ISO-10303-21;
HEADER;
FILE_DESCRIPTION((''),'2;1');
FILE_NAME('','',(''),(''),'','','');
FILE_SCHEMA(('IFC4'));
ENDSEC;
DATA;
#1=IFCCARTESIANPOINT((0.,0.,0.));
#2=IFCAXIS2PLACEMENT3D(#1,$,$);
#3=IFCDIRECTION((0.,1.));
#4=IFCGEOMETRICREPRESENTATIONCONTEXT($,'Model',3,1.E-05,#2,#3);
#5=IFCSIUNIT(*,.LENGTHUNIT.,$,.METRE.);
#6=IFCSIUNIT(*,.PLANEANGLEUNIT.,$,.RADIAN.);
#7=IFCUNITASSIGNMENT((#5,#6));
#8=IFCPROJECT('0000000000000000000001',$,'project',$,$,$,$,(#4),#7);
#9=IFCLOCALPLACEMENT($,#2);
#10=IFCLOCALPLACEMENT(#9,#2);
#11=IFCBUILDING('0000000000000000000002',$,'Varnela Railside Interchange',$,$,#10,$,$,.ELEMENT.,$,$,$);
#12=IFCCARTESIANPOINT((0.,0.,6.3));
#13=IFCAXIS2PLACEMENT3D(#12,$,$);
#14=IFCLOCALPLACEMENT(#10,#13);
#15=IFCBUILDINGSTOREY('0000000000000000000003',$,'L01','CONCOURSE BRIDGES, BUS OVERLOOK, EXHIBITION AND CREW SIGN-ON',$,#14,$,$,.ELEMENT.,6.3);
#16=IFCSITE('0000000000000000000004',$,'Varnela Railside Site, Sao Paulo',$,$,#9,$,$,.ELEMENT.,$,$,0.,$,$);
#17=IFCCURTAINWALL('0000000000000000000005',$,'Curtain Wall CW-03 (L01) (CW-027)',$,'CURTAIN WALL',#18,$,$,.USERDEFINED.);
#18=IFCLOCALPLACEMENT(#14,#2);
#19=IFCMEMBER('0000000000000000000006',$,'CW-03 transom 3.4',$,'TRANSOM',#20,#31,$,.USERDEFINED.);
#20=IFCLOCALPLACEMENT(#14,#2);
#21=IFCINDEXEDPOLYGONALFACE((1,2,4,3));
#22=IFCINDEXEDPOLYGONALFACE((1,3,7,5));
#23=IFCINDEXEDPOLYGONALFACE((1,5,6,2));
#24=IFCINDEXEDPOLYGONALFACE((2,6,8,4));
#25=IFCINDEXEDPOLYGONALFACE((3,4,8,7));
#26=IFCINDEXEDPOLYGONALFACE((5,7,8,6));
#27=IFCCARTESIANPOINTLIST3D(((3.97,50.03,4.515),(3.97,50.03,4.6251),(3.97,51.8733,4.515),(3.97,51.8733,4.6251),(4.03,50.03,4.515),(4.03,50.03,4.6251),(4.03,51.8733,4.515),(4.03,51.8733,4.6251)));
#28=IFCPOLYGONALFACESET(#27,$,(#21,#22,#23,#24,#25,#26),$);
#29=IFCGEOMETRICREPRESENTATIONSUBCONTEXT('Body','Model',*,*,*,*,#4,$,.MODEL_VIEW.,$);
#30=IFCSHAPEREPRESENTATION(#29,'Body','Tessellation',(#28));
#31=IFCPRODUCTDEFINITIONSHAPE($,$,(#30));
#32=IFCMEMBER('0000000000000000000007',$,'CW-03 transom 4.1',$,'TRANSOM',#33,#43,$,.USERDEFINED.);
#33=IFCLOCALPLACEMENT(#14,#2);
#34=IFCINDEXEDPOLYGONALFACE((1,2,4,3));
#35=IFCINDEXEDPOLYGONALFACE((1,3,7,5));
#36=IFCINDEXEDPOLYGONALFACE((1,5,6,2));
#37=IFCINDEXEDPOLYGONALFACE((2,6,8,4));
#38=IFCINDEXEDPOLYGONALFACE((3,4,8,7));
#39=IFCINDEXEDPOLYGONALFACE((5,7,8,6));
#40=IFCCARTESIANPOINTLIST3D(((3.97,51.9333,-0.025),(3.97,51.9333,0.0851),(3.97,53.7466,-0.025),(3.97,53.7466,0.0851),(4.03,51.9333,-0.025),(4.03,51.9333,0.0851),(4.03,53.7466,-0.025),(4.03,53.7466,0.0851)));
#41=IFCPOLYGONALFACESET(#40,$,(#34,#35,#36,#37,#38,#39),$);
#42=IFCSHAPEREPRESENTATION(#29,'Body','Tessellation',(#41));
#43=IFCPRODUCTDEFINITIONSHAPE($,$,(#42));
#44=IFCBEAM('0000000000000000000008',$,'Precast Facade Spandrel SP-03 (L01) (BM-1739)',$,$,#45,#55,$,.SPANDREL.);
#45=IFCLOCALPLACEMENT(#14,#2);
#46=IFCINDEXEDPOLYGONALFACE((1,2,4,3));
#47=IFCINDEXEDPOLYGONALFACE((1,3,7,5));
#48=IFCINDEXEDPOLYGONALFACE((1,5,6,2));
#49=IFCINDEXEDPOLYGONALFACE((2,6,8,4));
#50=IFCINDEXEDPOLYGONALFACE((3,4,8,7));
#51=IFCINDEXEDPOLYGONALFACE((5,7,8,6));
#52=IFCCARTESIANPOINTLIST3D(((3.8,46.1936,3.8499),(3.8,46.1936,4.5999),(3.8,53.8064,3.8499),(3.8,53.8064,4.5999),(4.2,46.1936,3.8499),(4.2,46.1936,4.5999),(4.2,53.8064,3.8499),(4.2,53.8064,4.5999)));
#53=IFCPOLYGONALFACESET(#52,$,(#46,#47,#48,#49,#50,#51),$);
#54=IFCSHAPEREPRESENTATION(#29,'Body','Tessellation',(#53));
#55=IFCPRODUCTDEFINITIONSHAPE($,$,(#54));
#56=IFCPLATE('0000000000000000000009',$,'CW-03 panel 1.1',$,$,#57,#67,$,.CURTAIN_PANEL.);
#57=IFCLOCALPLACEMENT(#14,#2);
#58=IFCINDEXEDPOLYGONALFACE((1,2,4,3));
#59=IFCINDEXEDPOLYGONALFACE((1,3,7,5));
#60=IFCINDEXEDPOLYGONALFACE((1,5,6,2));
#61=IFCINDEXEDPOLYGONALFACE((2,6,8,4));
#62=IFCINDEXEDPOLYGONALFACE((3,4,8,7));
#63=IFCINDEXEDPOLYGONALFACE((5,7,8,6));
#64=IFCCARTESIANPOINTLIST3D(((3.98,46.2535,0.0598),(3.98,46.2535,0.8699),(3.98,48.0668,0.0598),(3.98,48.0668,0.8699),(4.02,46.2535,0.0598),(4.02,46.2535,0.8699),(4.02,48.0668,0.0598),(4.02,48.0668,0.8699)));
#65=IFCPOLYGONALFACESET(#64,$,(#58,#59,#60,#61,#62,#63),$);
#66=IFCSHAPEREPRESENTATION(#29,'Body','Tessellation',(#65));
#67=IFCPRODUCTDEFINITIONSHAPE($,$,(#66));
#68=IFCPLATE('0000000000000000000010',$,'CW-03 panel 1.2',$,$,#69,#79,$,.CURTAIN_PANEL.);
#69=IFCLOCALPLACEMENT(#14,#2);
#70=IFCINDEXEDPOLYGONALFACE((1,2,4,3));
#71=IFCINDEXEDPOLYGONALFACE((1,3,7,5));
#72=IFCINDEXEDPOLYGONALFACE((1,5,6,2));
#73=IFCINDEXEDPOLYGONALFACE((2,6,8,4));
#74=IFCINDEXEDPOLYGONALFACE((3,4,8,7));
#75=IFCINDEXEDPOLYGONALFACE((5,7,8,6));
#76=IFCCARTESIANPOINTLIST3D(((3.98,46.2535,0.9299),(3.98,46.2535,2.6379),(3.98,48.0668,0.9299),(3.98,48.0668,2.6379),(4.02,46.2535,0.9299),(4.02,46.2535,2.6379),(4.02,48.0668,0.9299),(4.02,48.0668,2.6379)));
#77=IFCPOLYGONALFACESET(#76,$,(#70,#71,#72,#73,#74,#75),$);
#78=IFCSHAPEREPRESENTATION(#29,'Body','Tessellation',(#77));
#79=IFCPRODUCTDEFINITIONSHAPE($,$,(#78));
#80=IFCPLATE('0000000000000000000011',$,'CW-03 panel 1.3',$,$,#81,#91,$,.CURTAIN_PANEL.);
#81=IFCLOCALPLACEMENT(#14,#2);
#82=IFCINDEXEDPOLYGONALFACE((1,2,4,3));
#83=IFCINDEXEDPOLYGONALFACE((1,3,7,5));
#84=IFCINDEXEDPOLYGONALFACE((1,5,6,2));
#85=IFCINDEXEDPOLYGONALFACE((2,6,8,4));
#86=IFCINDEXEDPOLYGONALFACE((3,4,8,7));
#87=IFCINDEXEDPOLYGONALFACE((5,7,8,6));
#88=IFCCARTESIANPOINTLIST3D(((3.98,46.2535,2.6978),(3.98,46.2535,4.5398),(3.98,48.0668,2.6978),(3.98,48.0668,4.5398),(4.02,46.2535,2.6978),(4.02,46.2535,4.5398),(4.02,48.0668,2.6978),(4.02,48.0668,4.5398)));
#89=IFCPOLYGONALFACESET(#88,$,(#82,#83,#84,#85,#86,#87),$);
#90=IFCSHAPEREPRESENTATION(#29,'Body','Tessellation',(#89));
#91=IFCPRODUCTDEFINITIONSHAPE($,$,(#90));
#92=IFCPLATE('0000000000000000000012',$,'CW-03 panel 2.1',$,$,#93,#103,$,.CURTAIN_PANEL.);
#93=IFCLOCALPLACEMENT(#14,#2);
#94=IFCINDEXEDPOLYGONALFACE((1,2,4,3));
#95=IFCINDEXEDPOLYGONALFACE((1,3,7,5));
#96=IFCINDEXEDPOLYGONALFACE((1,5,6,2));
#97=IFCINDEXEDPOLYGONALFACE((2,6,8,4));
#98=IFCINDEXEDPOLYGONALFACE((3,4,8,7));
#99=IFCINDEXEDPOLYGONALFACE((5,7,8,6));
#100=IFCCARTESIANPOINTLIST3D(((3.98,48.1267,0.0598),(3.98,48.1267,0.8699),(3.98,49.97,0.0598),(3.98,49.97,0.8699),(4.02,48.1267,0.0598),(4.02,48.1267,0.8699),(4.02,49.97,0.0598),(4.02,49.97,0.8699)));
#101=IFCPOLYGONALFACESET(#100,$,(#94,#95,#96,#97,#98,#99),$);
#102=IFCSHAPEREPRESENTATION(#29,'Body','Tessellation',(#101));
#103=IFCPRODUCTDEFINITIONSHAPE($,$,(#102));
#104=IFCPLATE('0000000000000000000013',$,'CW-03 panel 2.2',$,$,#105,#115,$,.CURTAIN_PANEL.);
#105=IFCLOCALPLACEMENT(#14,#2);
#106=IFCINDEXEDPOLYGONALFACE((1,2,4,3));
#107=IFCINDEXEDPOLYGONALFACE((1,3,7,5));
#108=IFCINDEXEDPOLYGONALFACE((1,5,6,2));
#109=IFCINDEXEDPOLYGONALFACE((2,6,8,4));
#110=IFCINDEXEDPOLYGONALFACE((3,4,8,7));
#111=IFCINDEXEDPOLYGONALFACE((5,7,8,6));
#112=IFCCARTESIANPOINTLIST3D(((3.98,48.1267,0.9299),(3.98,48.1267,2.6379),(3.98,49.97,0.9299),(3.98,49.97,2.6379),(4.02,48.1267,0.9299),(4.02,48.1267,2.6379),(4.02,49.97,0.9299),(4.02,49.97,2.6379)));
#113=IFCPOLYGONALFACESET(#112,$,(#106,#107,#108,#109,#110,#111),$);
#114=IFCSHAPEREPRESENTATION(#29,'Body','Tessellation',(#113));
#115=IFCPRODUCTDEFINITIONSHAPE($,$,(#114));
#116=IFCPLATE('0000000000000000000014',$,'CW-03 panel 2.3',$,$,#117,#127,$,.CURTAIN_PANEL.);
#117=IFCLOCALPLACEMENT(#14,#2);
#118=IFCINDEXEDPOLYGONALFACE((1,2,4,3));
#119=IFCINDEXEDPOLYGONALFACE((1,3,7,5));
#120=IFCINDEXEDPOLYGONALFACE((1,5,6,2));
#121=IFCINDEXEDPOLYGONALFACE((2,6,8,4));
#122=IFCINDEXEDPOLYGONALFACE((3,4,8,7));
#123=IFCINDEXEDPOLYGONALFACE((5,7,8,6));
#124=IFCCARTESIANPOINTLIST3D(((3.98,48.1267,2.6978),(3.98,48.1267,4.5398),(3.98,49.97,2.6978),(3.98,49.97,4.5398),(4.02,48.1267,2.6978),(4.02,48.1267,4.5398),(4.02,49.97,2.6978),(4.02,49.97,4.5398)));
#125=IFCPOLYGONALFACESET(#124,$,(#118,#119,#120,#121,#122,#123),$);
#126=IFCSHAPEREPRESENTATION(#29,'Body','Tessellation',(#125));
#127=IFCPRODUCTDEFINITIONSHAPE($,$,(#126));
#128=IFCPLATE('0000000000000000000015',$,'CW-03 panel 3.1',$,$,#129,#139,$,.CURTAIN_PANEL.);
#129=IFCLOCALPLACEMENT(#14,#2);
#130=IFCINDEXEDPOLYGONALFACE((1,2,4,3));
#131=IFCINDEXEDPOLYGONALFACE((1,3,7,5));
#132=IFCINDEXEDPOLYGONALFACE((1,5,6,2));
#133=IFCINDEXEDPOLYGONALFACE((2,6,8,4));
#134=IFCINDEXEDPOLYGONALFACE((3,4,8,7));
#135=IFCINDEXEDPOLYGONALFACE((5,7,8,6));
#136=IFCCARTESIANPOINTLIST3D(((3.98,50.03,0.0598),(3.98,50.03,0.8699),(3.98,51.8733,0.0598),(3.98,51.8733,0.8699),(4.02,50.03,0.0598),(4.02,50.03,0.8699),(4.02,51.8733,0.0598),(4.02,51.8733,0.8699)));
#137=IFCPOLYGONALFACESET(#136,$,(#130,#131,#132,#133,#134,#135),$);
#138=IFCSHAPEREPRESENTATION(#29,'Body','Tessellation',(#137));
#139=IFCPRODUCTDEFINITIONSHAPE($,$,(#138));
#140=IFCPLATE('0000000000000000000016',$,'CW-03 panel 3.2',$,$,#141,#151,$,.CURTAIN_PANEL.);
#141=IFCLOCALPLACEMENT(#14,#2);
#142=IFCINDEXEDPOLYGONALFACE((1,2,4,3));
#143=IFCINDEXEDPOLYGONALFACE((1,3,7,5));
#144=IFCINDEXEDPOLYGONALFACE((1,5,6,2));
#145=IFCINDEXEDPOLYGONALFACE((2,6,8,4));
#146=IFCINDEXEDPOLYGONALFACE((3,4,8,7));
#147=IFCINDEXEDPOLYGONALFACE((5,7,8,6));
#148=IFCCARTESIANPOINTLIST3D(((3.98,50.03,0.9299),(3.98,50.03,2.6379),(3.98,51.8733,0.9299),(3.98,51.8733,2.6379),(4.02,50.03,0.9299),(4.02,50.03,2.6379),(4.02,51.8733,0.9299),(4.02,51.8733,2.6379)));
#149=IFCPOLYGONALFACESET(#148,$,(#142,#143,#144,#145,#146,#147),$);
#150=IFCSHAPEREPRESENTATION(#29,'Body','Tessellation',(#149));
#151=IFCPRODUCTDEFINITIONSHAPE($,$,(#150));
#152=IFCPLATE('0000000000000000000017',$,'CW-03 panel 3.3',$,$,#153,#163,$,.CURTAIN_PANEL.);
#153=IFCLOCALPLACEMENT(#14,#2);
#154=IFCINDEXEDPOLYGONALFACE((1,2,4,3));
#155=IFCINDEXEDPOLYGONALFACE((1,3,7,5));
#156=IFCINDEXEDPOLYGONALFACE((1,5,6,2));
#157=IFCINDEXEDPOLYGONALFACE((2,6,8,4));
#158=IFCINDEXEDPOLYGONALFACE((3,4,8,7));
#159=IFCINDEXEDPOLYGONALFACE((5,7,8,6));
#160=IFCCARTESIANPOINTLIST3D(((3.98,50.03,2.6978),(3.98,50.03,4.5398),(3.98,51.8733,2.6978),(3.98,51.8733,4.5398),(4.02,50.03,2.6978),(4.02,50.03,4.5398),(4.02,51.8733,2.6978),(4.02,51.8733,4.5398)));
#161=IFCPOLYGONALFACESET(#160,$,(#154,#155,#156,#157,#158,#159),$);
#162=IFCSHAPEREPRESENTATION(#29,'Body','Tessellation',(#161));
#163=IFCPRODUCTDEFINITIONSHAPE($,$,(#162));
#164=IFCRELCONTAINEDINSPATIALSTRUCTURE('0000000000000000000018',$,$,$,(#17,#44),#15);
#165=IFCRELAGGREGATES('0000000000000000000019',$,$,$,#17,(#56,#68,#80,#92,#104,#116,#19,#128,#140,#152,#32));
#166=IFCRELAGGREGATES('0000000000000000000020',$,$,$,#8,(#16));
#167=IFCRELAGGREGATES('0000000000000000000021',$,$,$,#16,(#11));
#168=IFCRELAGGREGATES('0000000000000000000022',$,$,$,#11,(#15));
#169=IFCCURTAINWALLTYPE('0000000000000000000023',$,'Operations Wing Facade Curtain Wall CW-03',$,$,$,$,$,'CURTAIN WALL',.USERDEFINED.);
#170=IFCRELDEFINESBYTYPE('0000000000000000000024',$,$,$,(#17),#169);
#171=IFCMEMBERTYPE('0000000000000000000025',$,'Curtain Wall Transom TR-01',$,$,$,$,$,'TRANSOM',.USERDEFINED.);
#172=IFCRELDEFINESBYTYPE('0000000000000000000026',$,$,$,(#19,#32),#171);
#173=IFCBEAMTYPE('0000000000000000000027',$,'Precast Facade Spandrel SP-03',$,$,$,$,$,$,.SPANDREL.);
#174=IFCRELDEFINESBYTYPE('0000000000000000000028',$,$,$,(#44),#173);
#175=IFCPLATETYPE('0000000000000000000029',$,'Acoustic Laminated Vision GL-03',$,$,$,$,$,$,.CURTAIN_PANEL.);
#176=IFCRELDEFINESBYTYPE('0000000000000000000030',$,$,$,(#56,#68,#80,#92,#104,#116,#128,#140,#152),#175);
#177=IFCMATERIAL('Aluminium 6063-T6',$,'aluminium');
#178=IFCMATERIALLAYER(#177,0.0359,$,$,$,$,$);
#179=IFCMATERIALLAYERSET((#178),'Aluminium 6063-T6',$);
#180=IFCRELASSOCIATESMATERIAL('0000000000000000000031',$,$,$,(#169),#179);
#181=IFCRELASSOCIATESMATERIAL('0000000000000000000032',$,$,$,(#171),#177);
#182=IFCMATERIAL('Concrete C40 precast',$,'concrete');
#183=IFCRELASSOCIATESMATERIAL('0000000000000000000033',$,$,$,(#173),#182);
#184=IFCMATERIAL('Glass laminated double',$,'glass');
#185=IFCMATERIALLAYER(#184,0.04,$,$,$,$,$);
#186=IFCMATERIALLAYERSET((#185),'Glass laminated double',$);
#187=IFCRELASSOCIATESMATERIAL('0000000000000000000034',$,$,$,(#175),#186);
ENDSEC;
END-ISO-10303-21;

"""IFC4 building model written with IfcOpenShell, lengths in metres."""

from ifc_helpers import new_model, si_unit, direction, frame, origin, origin_2d, place, context, subcontext, project, spatial, rectangle, extrude, material, layer, layer_set, material_profile, profile_set, type_object, element, aggregate, save


model = new_model("IFC4")

# Units and contexts
model_context = context("Model", 3, precision=1e-05, world=origin(), true_north=direction((0.0, 1.0)))
body_context = subcontext(model_context, "Body", "Model", "MODEL_VIEW")
ifc_project = project(units=[si_unit("LENGTHUNIT", "METRE"), si_unit("PLANEANGLEUNIT", "RADIAN")], contexts=[model_context])

# Site, building, storey
site_placement = place(None, origin())
site = spatial("IfcSite", under=ifc_project, at=site_placement, Name="Varnela Railside Site, Sao Paulo", CompositionType="ELEMENT", RefElevation=0.0)
building_placement = place(site_placement, origin())
building = spatial("IfcBuilding", under=site, at=building_placement, Name="Varnela Railside Interchange", CompositionType="ELEMENT")
storey_placement = place(building_placement, frame((0.0, 0.0, 6.3)))
storey = spatial("IfcBuildingStorey", under=building, at=storey_placement, Name="L01", Description="CONCOURSE BRIDGES, BUS OVERLOOK, EXHIBITION AND CREW SIGN-ON", CompositionType="ELEMENT", Elevation=6.3)

# Curtain wall, members
ifc_material_1 = material(Name="Aluminium 6063-T6", Category="aluminium")
ifc_layer_1 = layer(ifc_material_1, 0.0359)
ifc_layer_set_1 = layer_set([ifc_layer_1], Name="Aluminium 6063-T6")
curtain_wall_type = type_object("IfcCurtainWallType", Name="Operations Wing Facade Curtain Wall CW-03", ElementType="CURTAIN WALL", PredefinedType="USERDEFINED", material=ifc_layer_set_1)
curtain_wall_placement = place(storey_placement, origin())
curtain_wall = element("IfcCurtainWall", 1, at=curtain_wall_placement, inside=storey, type_object=curtain_wall_type, Name="Curtain Wall CW-03 (L01) (CW-027)", ObjectType="CURTAIN WALL", PredefinedType="USERDEFINED")
ifc_material_profile_1 = material_profile(ifc_material_1, rectangle(XDim=0.0601, YDim=0.1101, at=origin_2d()), Name="ALU 60x110")
ifc_profile_set_1 = profile_set([ifc_material_profile_1], Name="Aluminium 6063-T6")
member_type_1 = type_object("IfcMemberType", Name="Curtain Wall Transom TR-01", ElementType="TRANSOM", PredefinedType="USERDEFINED", material=ifc_profile_set_1)
member_1_placement = place(storey_placement, frame((4.0, 50.03, 4.5701), z_axis=(0.0, 1.0, 0.0), x_axis=(-1.0, 0.0, 0.0)))
member_1 = element("IfcMember", 2, at=member_1_placement, type_object=member_type_1, Name="CW-03 transom 3.4", ObjectType="TRANSOM", PredefinedType="USERDEFINED", context=body_context, shape_type="SweptSolid", body=[
    extrude(rectangle(XDim=0.0601, YDim=0.1101, at=origin_2d()), origin(), (0.0, 0.0, 1.0), 1.8433),
])
member_2_placement = place(storey_placement, frame((4.0, 51.9333, 0.03), z_axis=(0.0, 1.0, 0.0), x_axis=(-1.0, 0.0, 0.0)))
member_2 = element("IfcMember", 3, at=member_2_placement, type_object=member_type_1, Name="CW-03 transom 4.1", ObjectType="TRANSOM", PredefinedType="USERDEFINED", context=body_context, shape_type="SweptSolid", body=[
    extrude(rectangle(XDim=0.0601, YDim=0.1101, at=origin_2d()), origin(), (0.0, 0.0, 1.0), 1.8132),
])

# Beam
ifc_material_2 = material(Name="Concrete C40 precast", Category="concrete")
ifc_material_profile_2 = material_profile(ifc_material_2, rectangle(XDim=0.3999, YDim=0.75, at=origin_2d()), Name="PC 400x750")
ifc_profile_set_2 = profile_set([ifc_material_profile_2], Name="Concrete C40 precast")
beam_type = type_object("IfcBeamType", Name="Precast Facade Spandrel SP-03", PredefinedType="SPANDREL", material=ifc_profile_set_2)
beam_placement = place(storey_placement, frame((4.0, 46.1936, 4.2249), z_axis=(0.0, 1.0, 0.0), x_axis=(-1.0, 0.0, 0.0)))
element("IfcBeam", 4, at=beam_placement, inside=storey, type_object=beam_type, Name="Precast Facade Spandrel SP-03 (L01) (BM-1739)", PredefinedType="SPANDREL", context=body_context, shape_type="SweptSolid", body=[
    extrude(rectangle(XDim=0.3999, YDim=0.75, at=origin_2d()), origin(), (0.0, 0.0, 1.0), 7.6128),
])

# Plates
ifc_material_3 = material(Name="Glass laminated double", Category="glass")
ifc_layer_2 = layer(ifc_material_3, 0.04)
ifc_layer_set_2 = layer_set([ifc_layer_2], Name="Glass laminated double")
plate_type = type_object("IfcPlateType", Name="Acoustic Laminated Vision GL-03", PredefinedType="CURTAIN_PANEL", material=ifc_layer_set_2)
plate_1_placement = place(storey_placement, frame((4.0, 47.1602, 0.0598), z_axis=(0.0, 0.0, 1.0), x_axis=(0.0, 1.0, 0.0)))
plate_1 = element("IfcPlate", 5, at=plate_1_placement, type_object=plate_type, Name="CW-03 panel 1.1", PredefinedType="CURTAIN_PANEL", context=body_context, shape_type="SweptSolid", body=[
    extrude(rectangle(XDim=1.8132, YDim=0.04, at=origin_2d()), origin(), (0.0, 0.0, 1.0), 0.8101),
])
plate_2_placement = place(storey_placement, frame((4.0, 47.1602, 0.9299), z_axis=(0.0, 0.0, 1.0), x_axis=(0.0, 1.0, 0.0)))
plate_2 = element("IfcPlate", 6, at=plate_2_placement, type_object=plate_type, Name="CW-03 panel 1.2", PredefinedType="CURTAIN_PANEL", context=body_context, shape_type="SweptSolid", body=[
    extrude(rectangle(XDim=1.8132, YDim=0.04, at=origin_2d()), origin(), (0.0, 0.0, 1.0), 1.708),
])
plate_3_placement = place(storey_placement, frame((4.0, 47.1602, 2.6978), z_axis=(0.0, 0.0, 1.0), x_axis=(0.0, 1.0, 0.0)))
plate_3 = element("IfcPlate", 7, at=plate_3_placement, type_object=plate_type, Name="CW-03 panel 1.3", PredefinedType="CURTAIN_PANEL", context=body_context, shape_type="SweptSolid", body=[
    extrude(rectangle(XDim=1.8132, YDim=0.04, at=origin_2d()), origin(), (0.0, 0.0, 1.0), 1.842),
])
plate_4_placement = place(storey_placement, frame((4.0, 49.0483, 0.0598), z_axis=(0.0, 0.0, 1.0), x_axis=(0.0, 1.0, 0.0)))
plate_4 = element("IfcPlate", 8, at=plate_4_placement, type_object=plate_type, Name="CW-03 panel 2.1", PredefinedType="CURTAIN_PANEL", context=body_context, shape_type="SweptSolid", body=[
    extrude(rectangle(XDim=1.8433, YDim=0.04, at=origin_2d()), origin(), (0.0, 0.0, 1.0), 0.8101),
])
plate_5_placement = place(storey_placement, frame((4.0, 49.0483, 0.9299), z_axis=(0.0, 0.0, 1.0), x_axis=(0.0, 1.0, 0.0)))
plate_5 = element("IfcPlate", 9, at=plate_5_placement, type_object=plate_type, Name="CW-03 panel 2.2", PredefinedType="CURTAIN_PANEL", context=body_context, shape_type="SweptSolid", body=[
    extrude(rectangle(XDim=1.8433, YDim=0.04, at=origin_2d()), origin(), (0.0, 0.0, 1.0), 1.708),
])
plate_6_placement = place(storey_placement, frame((4.0, 49.0483, 2.6978), z_axis=(0.0, 0.0, 1.0), x_axis=(0.0, 1.0, 0.0)))
plate_6 = element("IfcPlate", 10, at=plate_6_placement, type_object=plate_type, Name="CW-03 panel 2.3", PredefinedType="CURTAIN_PANEL", context=body_context, shape_type="SweptSolid", body=[
    extrude(rectangle(XDim=1.8433, YDim=0.04, at=origin_2d()), origin(), (0.0, 0.0, 1.0), 1.842),
])
plate_7_placement = place(storey_placement, frame((4.0, 50.9517, 0.0598), z_axis=(0.0, 0.0, 1.0), x_axis=(0.0, 1.0, 0.0)))
plate_7 = element("IfcPlate", 11, at=plate_7_placement, type_object=plate_type, Name="CW-03 panel 3.1", PredefinedType="CURTAIN_PANEL", context=body_context, shape_type="SweptSolid", body=[
    extrude(rectangle(XDim=1.8433, YDim=0.04, at=origin_2d()), origin(), (0.0, 0.0, 1.0), 0.8101),
])
plate_8_placement = place(storey_placement, frame((4.0, 50.9517, 0.9299), z_axis=(0.0, 0.0, 1.0), x_axis=(0.0, 1.0, 0.0)))
plate_8 = element("IfcPlate", 12, at=plate_8_placement, type_object=plate_type, Name="CW-03 panel 3.2", PredefinedType="CURTAIN_PANEL", context=body_context, shape_type="SweptSolid", body=[
    extrude(rectangle(XDim=1.8433, YDim=0.04, at=origin_2d()), origin(), (0.0, 0.0, 1.0), 1.708),
])
plate_9_placement = place(storey_placement, frame((4.0, 50.9517, 2.6978), z_axis=(0.0, 0.0, 1.0), x_axis=(0.0, 1.0, 0.0)))
plate_9 = element("IfcPlate", 13, at=plate_9_placement, type_object=plate_type, Name="CW-03 panel 3.3", PredefinedType="CURTAIN_PANEL", context=body_context, shape_type="SweptSolid", body=[
    extrude(rectangle(XDim=1.8433, YDim=0.04, at=origin_2d()), origin(), (0.0, 0.0, 1.0), 1.842),
])
aggregate(curtain_wall, [plate_1, plate_2, plate_3, plate_4, plate_5, plate_6, member_1, plate_7, plate_8, plate_9, member_2])

save(model, "model.ifc")
